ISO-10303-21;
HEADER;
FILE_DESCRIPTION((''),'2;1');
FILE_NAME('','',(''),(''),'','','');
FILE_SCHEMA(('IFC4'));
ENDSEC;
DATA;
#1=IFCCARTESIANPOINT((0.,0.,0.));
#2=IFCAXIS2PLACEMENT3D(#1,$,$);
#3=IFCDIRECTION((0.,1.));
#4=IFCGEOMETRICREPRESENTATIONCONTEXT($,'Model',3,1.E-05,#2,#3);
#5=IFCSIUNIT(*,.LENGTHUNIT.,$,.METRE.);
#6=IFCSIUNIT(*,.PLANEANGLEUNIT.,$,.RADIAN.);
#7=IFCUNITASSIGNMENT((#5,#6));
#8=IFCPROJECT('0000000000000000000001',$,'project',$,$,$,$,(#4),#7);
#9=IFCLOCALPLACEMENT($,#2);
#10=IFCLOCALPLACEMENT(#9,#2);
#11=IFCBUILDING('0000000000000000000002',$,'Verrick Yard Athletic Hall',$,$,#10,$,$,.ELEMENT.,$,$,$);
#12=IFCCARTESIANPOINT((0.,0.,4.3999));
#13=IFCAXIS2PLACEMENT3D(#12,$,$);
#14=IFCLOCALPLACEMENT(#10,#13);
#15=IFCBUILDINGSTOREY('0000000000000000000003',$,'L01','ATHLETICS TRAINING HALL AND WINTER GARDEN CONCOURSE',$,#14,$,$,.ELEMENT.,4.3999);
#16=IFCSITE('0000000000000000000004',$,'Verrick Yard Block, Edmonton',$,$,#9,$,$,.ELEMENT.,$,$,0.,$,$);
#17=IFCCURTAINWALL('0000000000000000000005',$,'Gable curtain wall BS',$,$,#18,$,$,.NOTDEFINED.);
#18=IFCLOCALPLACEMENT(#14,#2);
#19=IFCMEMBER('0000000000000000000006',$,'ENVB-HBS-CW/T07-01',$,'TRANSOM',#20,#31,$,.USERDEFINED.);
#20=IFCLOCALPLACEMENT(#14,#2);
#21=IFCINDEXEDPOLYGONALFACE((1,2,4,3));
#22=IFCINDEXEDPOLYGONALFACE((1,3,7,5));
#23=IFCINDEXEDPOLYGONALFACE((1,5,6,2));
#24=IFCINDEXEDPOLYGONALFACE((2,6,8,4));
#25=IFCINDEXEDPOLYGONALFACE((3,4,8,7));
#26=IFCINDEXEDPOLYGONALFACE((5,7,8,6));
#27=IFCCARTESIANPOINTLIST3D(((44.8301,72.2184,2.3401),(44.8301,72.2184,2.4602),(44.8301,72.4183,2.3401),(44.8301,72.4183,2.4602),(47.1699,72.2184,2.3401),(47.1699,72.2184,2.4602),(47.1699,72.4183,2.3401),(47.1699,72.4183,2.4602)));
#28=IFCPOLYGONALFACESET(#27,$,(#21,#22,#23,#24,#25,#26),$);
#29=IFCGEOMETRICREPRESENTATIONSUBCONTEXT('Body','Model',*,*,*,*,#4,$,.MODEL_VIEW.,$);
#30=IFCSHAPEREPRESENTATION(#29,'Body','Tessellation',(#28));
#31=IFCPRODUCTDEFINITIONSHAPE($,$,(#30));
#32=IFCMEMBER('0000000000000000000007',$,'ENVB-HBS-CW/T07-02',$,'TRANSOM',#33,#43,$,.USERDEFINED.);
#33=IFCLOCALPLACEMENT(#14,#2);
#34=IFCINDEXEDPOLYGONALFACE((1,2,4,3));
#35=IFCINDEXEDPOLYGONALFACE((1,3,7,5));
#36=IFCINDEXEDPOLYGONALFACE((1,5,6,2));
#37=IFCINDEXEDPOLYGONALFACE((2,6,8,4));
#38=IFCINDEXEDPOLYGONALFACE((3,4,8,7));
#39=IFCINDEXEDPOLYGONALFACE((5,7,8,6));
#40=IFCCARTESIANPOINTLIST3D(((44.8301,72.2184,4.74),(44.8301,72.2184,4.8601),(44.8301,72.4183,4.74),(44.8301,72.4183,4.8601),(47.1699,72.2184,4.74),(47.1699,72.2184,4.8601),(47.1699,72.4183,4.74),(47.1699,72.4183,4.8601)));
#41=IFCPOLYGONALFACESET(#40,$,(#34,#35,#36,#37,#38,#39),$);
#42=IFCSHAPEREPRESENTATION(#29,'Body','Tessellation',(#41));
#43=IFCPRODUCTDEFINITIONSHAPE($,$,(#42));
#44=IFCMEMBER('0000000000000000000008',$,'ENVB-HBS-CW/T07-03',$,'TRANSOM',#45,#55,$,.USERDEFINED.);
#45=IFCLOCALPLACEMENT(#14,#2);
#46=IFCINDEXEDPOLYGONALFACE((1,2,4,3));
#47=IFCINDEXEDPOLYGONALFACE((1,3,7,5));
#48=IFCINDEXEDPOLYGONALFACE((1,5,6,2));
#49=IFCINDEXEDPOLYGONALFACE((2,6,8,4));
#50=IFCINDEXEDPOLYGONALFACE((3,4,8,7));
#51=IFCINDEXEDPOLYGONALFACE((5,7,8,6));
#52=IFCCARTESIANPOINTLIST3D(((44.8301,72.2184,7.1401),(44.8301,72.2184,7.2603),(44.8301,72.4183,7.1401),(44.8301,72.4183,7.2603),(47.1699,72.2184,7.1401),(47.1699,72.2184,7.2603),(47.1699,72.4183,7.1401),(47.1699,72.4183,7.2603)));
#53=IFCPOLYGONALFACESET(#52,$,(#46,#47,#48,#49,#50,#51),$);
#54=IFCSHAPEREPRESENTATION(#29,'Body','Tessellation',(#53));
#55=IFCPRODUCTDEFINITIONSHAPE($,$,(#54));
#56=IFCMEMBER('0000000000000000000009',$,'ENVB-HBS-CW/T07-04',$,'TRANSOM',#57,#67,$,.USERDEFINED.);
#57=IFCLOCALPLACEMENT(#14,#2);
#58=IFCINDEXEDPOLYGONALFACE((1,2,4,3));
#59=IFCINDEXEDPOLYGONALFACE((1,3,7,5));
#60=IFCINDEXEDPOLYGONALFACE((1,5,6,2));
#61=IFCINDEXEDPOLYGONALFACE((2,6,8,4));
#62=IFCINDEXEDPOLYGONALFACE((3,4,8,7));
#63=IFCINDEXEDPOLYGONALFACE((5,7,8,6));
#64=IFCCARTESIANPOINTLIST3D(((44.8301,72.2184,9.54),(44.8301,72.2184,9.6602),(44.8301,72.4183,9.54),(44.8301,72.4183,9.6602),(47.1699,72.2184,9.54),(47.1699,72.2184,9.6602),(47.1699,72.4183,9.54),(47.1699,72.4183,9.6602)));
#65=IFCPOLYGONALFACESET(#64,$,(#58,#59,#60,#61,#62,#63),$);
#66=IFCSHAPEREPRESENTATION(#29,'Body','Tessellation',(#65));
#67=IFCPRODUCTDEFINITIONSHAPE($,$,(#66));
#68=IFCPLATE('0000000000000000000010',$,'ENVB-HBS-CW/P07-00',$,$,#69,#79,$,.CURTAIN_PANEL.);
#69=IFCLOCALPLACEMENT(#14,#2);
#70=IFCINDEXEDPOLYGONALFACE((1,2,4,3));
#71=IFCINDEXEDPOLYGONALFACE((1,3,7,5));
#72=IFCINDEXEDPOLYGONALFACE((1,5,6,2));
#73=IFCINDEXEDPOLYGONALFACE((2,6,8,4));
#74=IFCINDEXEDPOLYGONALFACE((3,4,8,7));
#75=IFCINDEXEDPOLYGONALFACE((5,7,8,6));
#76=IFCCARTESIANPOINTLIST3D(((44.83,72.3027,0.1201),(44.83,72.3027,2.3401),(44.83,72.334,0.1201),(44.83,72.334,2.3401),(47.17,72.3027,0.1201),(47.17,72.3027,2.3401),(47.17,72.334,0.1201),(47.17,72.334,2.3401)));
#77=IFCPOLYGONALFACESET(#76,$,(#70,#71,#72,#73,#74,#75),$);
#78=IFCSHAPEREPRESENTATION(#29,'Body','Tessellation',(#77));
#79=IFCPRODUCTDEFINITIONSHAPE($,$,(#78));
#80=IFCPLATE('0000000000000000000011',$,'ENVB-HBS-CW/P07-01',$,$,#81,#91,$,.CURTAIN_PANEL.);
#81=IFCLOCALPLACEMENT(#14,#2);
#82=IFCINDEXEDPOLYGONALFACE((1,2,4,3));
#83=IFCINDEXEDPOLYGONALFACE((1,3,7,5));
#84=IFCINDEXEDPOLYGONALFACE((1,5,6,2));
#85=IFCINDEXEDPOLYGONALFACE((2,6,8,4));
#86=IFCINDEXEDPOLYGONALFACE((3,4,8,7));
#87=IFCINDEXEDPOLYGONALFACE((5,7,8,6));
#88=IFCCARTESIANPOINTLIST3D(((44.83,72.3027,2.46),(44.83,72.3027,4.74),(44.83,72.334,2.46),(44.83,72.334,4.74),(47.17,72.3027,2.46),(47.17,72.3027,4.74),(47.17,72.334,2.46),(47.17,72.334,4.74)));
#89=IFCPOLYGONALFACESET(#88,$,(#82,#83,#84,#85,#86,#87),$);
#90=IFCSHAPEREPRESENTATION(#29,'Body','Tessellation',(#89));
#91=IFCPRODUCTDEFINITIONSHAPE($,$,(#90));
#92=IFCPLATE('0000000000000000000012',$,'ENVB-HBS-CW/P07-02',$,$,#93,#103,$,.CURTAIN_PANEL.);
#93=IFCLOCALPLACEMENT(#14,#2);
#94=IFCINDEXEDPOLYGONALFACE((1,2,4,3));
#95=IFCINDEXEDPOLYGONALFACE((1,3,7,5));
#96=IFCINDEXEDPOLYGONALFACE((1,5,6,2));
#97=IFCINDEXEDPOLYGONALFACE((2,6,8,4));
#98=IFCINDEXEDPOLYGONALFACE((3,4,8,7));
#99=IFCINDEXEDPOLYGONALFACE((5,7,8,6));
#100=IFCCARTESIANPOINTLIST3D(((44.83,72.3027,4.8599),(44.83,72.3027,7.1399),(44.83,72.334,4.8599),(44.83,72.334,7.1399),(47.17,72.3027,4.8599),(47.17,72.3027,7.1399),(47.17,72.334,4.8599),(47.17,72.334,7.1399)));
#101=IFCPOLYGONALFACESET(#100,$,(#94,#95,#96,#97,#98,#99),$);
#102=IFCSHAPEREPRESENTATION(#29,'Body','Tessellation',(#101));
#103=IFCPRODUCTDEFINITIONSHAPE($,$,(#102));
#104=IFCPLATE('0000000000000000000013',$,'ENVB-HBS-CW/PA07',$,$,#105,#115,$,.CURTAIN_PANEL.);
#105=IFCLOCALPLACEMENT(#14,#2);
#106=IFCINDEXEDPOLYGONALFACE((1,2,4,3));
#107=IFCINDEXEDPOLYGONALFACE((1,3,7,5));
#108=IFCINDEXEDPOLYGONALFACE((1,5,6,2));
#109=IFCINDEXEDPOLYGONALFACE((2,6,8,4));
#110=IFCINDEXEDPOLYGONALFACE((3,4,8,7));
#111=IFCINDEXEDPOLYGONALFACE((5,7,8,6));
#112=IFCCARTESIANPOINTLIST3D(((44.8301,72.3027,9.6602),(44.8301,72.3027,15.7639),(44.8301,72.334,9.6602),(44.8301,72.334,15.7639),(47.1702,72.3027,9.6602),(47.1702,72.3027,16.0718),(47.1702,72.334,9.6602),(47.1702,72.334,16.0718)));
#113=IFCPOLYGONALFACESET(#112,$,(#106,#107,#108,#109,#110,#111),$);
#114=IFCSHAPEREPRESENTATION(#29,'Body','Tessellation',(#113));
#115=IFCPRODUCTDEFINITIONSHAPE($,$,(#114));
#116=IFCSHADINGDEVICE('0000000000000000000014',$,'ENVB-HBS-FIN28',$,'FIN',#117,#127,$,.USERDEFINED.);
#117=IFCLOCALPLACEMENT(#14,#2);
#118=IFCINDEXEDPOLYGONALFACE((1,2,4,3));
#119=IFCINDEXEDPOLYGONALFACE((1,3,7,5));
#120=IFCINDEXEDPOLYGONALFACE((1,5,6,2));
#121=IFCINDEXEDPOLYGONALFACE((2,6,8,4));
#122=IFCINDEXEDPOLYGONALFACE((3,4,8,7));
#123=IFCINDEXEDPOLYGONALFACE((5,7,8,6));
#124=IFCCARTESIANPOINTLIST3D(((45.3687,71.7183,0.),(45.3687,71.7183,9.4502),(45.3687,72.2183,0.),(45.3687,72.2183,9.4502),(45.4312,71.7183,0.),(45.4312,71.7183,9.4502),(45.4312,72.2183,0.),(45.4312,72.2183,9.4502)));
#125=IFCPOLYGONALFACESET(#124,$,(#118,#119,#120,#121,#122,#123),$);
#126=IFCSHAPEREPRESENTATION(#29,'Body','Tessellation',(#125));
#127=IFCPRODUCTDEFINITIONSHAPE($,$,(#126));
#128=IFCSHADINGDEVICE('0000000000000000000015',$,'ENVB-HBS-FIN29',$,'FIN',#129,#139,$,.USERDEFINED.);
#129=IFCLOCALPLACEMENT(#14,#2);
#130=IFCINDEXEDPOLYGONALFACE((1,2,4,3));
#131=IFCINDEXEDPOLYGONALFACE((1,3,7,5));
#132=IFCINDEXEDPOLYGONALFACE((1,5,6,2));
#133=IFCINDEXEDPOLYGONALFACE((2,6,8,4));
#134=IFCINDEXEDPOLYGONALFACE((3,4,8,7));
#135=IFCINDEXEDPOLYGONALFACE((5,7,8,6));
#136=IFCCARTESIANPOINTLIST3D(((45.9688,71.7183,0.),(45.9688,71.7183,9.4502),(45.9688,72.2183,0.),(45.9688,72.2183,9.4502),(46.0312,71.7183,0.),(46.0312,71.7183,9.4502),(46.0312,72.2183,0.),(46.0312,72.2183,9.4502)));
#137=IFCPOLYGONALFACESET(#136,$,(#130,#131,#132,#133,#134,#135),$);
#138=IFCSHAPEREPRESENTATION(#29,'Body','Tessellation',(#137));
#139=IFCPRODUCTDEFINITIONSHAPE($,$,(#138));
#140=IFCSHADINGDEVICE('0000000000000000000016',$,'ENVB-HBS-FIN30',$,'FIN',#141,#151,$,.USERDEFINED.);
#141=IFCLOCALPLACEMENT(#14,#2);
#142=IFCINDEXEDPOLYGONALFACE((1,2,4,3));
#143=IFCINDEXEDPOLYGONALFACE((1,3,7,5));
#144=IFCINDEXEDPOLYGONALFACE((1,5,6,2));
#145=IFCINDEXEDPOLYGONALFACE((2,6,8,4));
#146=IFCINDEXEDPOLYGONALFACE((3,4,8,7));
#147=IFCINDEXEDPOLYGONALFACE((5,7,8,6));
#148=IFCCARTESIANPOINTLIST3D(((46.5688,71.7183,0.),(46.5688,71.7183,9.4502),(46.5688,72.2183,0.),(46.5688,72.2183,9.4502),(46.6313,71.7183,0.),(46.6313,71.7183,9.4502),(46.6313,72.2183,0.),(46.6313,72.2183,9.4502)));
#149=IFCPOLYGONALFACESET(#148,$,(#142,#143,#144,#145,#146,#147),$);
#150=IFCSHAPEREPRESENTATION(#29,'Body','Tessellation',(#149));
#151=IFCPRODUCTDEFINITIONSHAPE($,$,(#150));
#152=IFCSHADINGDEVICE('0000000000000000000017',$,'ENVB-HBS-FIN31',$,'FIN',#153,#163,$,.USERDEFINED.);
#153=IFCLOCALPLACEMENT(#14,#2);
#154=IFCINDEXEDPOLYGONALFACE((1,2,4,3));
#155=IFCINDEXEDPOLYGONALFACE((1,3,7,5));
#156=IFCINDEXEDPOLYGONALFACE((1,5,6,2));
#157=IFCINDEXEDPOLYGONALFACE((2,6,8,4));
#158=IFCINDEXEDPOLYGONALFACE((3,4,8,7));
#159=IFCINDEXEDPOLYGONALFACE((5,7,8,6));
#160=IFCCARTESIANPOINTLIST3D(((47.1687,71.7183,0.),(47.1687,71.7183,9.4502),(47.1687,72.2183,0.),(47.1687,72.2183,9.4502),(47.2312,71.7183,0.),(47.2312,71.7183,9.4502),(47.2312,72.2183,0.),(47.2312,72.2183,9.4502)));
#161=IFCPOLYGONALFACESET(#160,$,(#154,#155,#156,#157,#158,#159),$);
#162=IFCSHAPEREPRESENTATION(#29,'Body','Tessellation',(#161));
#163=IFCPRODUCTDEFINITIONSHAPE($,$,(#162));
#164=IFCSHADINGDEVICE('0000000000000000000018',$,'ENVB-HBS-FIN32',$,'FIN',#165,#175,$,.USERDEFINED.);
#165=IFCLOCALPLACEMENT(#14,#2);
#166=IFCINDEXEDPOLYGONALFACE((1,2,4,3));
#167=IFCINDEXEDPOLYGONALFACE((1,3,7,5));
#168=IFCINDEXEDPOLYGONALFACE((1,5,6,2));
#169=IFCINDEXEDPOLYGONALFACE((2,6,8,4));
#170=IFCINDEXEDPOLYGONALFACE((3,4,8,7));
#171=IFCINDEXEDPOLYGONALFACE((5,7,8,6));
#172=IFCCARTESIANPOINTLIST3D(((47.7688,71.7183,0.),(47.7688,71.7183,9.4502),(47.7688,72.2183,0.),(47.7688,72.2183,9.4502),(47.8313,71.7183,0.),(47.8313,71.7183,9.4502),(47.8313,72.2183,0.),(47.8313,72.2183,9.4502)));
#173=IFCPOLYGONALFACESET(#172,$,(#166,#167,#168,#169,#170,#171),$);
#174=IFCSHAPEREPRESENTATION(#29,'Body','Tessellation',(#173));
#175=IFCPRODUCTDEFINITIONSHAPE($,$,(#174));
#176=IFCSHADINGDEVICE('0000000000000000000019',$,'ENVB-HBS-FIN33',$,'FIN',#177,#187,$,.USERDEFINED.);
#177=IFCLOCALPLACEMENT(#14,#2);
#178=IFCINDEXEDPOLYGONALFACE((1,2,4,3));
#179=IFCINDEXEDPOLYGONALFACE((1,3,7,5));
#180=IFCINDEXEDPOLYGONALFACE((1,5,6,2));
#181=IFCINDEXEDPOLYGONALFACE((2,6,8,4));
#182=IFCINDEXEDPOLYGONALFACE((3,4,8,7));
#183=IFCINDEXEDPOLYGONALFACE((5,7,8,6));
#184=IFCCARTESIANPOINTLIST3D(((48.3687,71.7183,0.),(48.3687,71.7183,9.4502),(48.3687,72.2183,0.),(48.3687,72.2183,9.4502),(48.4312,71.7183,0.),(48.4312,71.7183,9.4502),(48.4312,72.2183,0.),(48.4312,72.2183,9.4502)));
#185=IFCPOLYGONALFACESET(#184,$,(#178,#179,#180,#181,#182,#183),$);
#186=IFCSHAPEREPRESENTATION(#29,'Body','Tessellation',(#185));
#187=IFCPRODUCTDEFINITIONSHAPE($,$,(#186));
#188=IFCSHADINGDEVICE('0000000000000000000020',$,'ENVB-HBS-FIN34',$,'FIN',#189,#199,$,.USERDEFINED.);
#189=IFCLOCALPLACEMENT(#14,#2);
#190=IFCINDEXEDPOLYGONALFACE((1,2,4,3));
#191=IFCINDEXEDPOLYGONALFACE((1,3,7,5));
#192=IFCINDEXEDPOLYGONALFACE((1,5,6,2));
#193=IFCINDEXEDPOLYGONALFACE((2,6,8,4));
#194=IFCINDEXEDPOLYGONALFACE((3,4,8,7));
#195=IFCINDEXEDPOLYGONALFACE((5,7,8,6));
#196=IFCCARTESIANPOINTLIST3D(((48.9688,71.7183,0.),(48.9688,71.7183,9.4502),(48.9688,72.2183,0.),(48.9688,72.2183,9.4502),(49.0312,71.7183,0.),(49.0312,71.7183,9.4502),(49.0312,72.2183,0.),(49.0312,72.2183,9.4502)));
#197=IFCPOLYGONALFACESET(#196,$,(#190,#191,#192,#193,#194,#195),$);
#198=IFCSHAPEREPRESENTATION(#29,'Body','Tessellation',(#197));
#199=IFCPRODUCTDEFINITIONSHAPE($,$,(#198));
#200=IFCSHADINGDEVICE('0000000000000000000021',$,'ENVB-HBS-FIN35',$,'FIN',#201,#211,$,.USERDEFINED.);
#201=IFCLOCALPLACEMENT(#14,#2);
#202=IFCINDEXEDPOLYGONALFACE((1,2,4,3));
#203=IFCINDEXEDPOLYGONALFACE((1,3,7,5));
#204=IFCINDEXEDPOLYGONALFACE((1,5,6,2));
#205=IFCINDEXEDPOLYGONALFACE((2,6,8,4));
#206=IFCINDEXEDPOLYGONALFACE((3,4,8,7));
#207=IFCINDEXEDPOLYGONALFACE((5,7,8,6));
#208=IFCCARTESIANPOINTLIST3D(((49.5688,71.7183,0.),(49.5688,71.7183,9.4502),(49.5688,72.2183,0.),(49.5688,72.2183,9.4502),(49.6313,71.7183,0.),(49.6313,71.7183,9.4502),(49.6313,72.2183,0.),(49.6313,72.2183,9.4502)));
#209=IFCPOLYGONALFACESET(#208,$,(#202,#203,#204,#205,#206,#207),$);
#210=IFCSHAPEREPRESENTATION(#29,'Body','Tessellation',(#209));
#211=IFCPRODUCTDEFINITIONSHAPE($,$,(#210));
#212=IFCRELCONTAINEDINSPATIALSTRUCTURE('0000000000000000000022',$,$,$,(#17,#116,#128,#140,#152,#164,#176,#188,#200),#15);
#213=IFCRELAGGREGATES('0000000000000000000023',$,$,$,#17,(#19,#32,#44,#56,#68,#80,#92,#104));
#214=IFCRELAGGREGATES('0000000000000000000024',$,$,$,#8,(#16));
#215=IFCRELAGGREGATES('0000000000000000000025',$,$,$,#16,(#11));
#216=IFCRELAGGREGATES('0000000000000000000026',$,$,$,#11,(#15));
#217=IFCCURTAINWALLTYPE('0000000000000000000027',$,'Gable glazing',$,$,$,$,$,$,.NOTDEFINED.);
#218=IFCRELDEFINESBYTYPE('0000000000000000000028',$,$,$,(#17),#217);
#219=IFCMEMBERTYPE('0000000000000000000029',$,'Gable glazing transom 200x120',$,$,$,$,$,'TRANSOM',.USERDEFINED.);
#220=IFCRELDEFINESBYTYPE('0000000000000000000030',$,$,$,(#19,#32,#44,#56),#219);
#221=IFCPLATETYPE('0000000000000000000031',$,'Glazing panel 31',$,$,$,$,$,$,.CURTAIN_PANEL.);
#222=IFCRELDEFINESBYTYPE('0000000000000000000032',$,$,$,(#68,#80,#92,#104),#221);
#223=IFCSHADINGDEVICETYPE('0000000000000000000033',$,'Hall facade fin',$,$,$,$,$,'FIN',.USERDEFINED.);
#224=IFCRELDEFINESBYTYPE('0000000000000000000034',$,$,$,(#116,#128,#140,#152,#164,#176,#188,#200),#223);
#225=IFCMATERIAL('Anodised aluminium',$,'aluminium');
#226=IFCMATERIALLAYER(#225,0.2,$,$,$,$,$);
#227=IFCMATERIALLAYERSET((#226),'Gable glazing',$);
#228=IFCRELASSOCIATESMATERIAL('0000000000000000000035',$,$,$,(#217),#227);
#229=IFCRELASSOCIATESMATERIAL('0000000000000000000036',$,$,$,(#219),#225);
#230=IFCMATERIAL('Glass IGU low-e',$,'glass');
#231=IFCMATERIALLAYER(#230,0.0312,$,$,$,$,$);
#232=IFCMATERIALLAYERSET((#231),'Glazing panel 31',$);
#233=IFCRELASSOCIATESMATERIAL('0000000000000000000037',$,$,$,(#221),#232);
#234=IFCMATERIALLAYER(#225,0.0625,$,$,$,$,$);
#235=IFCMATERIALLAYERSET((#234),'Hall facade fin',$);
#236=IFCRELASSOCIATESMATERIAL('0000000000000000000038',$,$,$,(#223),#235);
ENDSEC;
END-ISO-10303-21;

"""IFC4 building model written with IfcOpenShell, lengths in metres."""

from ifc_helpers import new_model, si_unit, direction, frame, origin, origin_2d, place, context, subcontext, project, spatial, polyline, rectangle, outline, extrude, material, layer, layer_set, material_profile, profile_set, type_object, element, aggregate, save


model = new_model("IFC4")

# Units and contexts
model_context = context("Model", 3, precision=1e-05, world=origin(), true_north=direction((0.0, 1.0)))
body_context = subcontext(model_context, "Body", "Model", "MODEL_VIEW")
ifc_project = project(units=[si_unit("LENGTHUNIT", "METRE"), si_unit("PLANEANGLEUNIT", "RADIAN")], contexts=[model_context])

# Site, building, storey
site_placement = place(None, origin())
site = spatial("IfcSite", under=ifc_project, at=site_placement, Name="Verrick Yard Block, Edmonton", CompositionType="ELEMENT", RefElevation=0.0)
building_placement = place(site_placement, origin())
building = spatial("IfcBuilding", under=site, at=building_placement, Name="Verrick Yard Athletic Hall", CompositionType="ELEMENT")
storey_placement = place(building_placement, frame((0.0, 0.0, 4.3999)))
storey = spatial("IfcBuildingStorey", under=building, at=storey_placement, Name="L01", Description="ATHLETICS TRAINING HALL AND WINTER GARDEN CONCOURSE", CompositionType="ELEMENT", Elevation=4.3999)

# Curtain wall, members, plates
ifc_material_1 = material(Name="Anodised aluminium", Category="aluminium")
ifc_layer_1 = layer(ifc_material_1, 0.2)
ifc_layer_set_1 = layer_set([ifc_layer_1], Name="Gable glazing")
curtain_wall_type = type_object("IfcCurtainWallType", Name="Gable glazing", PredefinedType="NOTDEFINED", material=ifc_layer_set_1)
curtain_wall_placement = place(storey_placement, origin())
curtain_wall = element("IfcCurtainWall", 1, at=curtain_wall_placement, inside=storey, type_object=curtain_wall_type, Name="Gable curtain wall BS", PredefinedType="NOTDEFINED")
ifc_material_profile = material_profile(ifc_material_1, rectangle(XDim=0.2, YDim=0.1201, at=origin_2d()), Name="CW gable transom 200x120")
ifc_profile_set = profile_set([ifc_material_profile], Name="Anodised aluminium")
member_type = type_object("IfcMemberType", Name="Gable glazing transom 200x120", ElementType="TRANSOM", PredefinedType="USERDEFINED", material=ifc_profile_set)
member_1_placement = place(storey_placement, frame((44.8301, 72.3184, 2.4001), z_axis=(1.0, 0.0, 0.0), x_axis=(0.0, 1.0, 0.0)))
member_1 = element("IfcMember", 2, at=member_1_placement, type_object=member_type, Name="ENVB-HBS-CW/T07-01", ObjectType="TRANSOM", PredefinedType="USERDEFINED", context=body_context, shape_type="SweptSolid", body=[
    extrude(rectangle(XDim=0.2, YDim=0.1201, at=origin_2d()), origin(), (0.0, 0.0, 1.0), 2.3398),
])
member_2_placement = place(storey_placement, frame((44.8301, 72.3184, 4.8), z_axis=(1.0, 0.0, 0.0), x_axis=(0.0, 1.0, 0.0)))
member_2 = element("IfcMember", 3, at=member_2_placement, type_object=member_type, Name="ENVB-HBS-CW/T07-02", ObjectType="TRANSOM", PredefinedType="USERDEFINED", context=body_context, shape_type="SweptSolid", body=[
    extrude(rectangle(XDim=0.2, YDim=0.1201, at=origin_2d()), origin(), (0.0, 0.0, 1.0), 2.3398),
])
member_3_placement = place(storey_placement, frame((44.8301, 72.3184, 7.2002), z_axis=(1.0, 0.0, 0.0), x_axis=(0.0, 1.0, 0.0)))
member_3 = element("IfcMember", 4, at=member_3_placement, type_object=member_type, Name="ENVB-HBS-CW/T07-03", ObjectType="TRANSOM", PredefinedType="USERDEFINED", context=body_context, shape_type="SweptSolid", body=[
    extrude(rectangle(XDim=0.2, YDim=0.1201, at=origin_2d()), origin(), (0.0, 0.0, 1.0), 2.3398),
])
member_4_placement = place(storey_placement, frame((44.8301, 72.3184, 9.6001), z_axis=(1.0, 0.0, 0.0), x_axis=(0.0, 1.0, 0.0)))
member_4 = element("IfcMember", 5, at=member_4_placement, type_object=member_type, Name="ENVB-HBS-CW/T07-04", ObjectType="TRANSOM", PredefinedType="USERDEFINED", context=body_context, shape_type="SweptSolid", body=[
    extrude(rectangle(XDim=0.2, YDim=0.1201, at=origin_2d()), origin(), (0.0, 0.0, 1.0), 2.3398),
])
ifc_material_2 = material(Name="Glass IGU low-e", Category="glass")
ifc_layer_2 = layer(ifc_material_2, 0.0312)
ifc_layer_set_2 = layer_set([ifc_layer_2], Name="Glazing panel 31")
plate_type = type_object("IfcPlateType", Name="Glazing panel 31", PredefinedType="CURTAIN_PANEL", material=ifc_layer_set_2)
plate_1_placement = place(storey_placement, frame((46.0, 72.3184, 0.1201), z_axis=(0.0, 0.0, 1.0), x_axis=(1.0, 0.0, 0.0)))
plate_1 = element("IfcPlate", 6, at=plate_1_placement, type_object=plate_type, Name="ENVB-HBS-CW/P07-00", PredefinedType="CURTAIN_PANEL", context=body_context, shape_type="SweptSolid", body=[
    extrude(rectangle(XDim=2.3401, YDim=0.0312, at=origin_2d()), origin(), (0.0, 0.0, 1.0), 2.22),
])
plate_2_placement = place(storey_placement, frame((46.0, 72.3184, 2.46), z_axis=(0.0, 0.0, 1.0), x_axis=(1.0, 0.0, 0.0)))
plate_2 = element("IfcPlate", 7, at=plate_2_placement, type_object=plate_type, Name="ENVB-HBS-CW/P07-01", PredefinedType="CURTAIN_PANEL", context=body_context, shape_type="SweptSolid", body=[
    extrude(rectangle(XDim=2.3401, YDim=0.0312, at=origin_2d()), origin(), (0.0, 0.0, 1.0), 2.28),
])
plate_3_placement = place(storey_placement, frame((46.0, 72.3184, 4.8599), z_axis=(0.0, 0.0, 1.0), x_axis=(1.0, 0.0, 0.0)))
plate_3 = element("IfcPlate", 8, at=plate_3_placement, type_object=plate_type, Name="ENVB-HBS-CW/P07-02", PredefinedType="CURTAIN_PANEL", context=body_context, shape_type="SweptSolid", body=[
    extrude(rectangle(XDim=2.3401, YDim=0.0312, at=origin_2d()), origin(), (0.0, 0.0, 1.0), 2.28),
])
plate_4_placement = place(storey_placement, frame((44.8301, 72.3184, 9.6602), z_axis=(0.0, 0.0, 1.0), x_axis=(1.0, 0.0, 0.0)))
plate_4 = element("IfcPlate", 9, at=plate_4_placement, type_object=plate_type, Name="ENVB-HBS-CW/PA07", PredefinedType="CURTAIN_PANEL", context=body_context, shape_type="SweptSolid", body=[
    extrude(outline(polyline([(0.0, 6.1038), (2.3401, 6.4116), (2.3401, 0.0), (0.0, 0.0), (0.0, 6.1038)])), frame((0.0, 0.0156, 0.0), z_axis=(0.0, -1.0, 0.0), x_axis=(1.0, 0.0, 0.0)), (0.0, 0.0, 1.0), 0.0312),
])
aggregate(curtain_wall, [member_1, member_2, member_3, member_4, plate_1, plate_2, plate_3, plate_4])

# Shading devices
ifc_layer_3 = layer(ifc_material_1, 0.0625)
ifc_layer_set_3 = layer_set([ifc_layer_3], Name="Hall facade fin")
shading_device_type = type_object("IfcShadingDeviceType", Name="Hall facade fin", ElementType="FIN", PredefinedType="USERDEFINED", material=ifc_layer_set_3)
for number, where, z_axis, x_axis, name in (
    (10, (45.3999, 71.7183, 0.0), (0.0, 0.0, 1.0), (0.0, 1.0, 0.0), "ENVB-HBS-FIN28"),
    (11, (46.0, 71.7183, 0.0), (0.0, 0.0, 1.0), (0.0, 1.0, 0.0), "ENVB-HBS-FIN29"),
    (12, (46.6001, 71.7183, 0.0), (0.0, 0.0, 1.0), (0.0, 1.0, 0.0), "ENVB-HBS-FIN30"),
    (13, (47.2, 71.7183, 0.0), (0.0, 0.0, 1.0), (0.0, 1.0, 0.0), "ENVB-HBS-FIN31"),
    (14, (47.8, 71.7183, 0.0), (0.0, 0.0, 1.0), (0.0, 1.0, 0.0), "ENVB-HBS-FIN32"),
    (15, (48.3999, 71.7183, 0.0), (0.0, 0.0, 1.0), (0.0, 1.0, 0.0), "ENVB-HBS-FIN33"),
    (16, (49.0, 71.7183, 0.0), (0.0, 0.0, 1.0), (0.0, 1.0, 0.0), "ENVB-HBS-FIN34"),
    (17, (49.6001, 71.7183, 0.0), (0.0, 0.0, 1.0), (0.0, 1.0, 0.0), "ENVB-HBS-FIN35"),
):
    element("IfcShadingDevice", number, at=place(storey_placement, frame(where, z_axis=z_axis, x_axis=x_axis)), inside=storey, type_object=shading_device_type, Name=name, ObjectType="FIN", PredefinedType="USERDEFINED", context=body_context, shape_type="SweptSolid", body=[
        extrude(outline(polyline([(0.0, 0.0), (0.5, 0.0), (0.5, 9.4502), (0.0, 9.4502), (0.0, 0.0)])), frame((0.0, 0.0312, 0.0), z_axis=(0.0, -1.0, 0.0), x_axis=(1.0, 0.0, 0.0)), (0.0, 0.0, 1.0), 0.0625),
    ])

save(model, "model.ifc")
